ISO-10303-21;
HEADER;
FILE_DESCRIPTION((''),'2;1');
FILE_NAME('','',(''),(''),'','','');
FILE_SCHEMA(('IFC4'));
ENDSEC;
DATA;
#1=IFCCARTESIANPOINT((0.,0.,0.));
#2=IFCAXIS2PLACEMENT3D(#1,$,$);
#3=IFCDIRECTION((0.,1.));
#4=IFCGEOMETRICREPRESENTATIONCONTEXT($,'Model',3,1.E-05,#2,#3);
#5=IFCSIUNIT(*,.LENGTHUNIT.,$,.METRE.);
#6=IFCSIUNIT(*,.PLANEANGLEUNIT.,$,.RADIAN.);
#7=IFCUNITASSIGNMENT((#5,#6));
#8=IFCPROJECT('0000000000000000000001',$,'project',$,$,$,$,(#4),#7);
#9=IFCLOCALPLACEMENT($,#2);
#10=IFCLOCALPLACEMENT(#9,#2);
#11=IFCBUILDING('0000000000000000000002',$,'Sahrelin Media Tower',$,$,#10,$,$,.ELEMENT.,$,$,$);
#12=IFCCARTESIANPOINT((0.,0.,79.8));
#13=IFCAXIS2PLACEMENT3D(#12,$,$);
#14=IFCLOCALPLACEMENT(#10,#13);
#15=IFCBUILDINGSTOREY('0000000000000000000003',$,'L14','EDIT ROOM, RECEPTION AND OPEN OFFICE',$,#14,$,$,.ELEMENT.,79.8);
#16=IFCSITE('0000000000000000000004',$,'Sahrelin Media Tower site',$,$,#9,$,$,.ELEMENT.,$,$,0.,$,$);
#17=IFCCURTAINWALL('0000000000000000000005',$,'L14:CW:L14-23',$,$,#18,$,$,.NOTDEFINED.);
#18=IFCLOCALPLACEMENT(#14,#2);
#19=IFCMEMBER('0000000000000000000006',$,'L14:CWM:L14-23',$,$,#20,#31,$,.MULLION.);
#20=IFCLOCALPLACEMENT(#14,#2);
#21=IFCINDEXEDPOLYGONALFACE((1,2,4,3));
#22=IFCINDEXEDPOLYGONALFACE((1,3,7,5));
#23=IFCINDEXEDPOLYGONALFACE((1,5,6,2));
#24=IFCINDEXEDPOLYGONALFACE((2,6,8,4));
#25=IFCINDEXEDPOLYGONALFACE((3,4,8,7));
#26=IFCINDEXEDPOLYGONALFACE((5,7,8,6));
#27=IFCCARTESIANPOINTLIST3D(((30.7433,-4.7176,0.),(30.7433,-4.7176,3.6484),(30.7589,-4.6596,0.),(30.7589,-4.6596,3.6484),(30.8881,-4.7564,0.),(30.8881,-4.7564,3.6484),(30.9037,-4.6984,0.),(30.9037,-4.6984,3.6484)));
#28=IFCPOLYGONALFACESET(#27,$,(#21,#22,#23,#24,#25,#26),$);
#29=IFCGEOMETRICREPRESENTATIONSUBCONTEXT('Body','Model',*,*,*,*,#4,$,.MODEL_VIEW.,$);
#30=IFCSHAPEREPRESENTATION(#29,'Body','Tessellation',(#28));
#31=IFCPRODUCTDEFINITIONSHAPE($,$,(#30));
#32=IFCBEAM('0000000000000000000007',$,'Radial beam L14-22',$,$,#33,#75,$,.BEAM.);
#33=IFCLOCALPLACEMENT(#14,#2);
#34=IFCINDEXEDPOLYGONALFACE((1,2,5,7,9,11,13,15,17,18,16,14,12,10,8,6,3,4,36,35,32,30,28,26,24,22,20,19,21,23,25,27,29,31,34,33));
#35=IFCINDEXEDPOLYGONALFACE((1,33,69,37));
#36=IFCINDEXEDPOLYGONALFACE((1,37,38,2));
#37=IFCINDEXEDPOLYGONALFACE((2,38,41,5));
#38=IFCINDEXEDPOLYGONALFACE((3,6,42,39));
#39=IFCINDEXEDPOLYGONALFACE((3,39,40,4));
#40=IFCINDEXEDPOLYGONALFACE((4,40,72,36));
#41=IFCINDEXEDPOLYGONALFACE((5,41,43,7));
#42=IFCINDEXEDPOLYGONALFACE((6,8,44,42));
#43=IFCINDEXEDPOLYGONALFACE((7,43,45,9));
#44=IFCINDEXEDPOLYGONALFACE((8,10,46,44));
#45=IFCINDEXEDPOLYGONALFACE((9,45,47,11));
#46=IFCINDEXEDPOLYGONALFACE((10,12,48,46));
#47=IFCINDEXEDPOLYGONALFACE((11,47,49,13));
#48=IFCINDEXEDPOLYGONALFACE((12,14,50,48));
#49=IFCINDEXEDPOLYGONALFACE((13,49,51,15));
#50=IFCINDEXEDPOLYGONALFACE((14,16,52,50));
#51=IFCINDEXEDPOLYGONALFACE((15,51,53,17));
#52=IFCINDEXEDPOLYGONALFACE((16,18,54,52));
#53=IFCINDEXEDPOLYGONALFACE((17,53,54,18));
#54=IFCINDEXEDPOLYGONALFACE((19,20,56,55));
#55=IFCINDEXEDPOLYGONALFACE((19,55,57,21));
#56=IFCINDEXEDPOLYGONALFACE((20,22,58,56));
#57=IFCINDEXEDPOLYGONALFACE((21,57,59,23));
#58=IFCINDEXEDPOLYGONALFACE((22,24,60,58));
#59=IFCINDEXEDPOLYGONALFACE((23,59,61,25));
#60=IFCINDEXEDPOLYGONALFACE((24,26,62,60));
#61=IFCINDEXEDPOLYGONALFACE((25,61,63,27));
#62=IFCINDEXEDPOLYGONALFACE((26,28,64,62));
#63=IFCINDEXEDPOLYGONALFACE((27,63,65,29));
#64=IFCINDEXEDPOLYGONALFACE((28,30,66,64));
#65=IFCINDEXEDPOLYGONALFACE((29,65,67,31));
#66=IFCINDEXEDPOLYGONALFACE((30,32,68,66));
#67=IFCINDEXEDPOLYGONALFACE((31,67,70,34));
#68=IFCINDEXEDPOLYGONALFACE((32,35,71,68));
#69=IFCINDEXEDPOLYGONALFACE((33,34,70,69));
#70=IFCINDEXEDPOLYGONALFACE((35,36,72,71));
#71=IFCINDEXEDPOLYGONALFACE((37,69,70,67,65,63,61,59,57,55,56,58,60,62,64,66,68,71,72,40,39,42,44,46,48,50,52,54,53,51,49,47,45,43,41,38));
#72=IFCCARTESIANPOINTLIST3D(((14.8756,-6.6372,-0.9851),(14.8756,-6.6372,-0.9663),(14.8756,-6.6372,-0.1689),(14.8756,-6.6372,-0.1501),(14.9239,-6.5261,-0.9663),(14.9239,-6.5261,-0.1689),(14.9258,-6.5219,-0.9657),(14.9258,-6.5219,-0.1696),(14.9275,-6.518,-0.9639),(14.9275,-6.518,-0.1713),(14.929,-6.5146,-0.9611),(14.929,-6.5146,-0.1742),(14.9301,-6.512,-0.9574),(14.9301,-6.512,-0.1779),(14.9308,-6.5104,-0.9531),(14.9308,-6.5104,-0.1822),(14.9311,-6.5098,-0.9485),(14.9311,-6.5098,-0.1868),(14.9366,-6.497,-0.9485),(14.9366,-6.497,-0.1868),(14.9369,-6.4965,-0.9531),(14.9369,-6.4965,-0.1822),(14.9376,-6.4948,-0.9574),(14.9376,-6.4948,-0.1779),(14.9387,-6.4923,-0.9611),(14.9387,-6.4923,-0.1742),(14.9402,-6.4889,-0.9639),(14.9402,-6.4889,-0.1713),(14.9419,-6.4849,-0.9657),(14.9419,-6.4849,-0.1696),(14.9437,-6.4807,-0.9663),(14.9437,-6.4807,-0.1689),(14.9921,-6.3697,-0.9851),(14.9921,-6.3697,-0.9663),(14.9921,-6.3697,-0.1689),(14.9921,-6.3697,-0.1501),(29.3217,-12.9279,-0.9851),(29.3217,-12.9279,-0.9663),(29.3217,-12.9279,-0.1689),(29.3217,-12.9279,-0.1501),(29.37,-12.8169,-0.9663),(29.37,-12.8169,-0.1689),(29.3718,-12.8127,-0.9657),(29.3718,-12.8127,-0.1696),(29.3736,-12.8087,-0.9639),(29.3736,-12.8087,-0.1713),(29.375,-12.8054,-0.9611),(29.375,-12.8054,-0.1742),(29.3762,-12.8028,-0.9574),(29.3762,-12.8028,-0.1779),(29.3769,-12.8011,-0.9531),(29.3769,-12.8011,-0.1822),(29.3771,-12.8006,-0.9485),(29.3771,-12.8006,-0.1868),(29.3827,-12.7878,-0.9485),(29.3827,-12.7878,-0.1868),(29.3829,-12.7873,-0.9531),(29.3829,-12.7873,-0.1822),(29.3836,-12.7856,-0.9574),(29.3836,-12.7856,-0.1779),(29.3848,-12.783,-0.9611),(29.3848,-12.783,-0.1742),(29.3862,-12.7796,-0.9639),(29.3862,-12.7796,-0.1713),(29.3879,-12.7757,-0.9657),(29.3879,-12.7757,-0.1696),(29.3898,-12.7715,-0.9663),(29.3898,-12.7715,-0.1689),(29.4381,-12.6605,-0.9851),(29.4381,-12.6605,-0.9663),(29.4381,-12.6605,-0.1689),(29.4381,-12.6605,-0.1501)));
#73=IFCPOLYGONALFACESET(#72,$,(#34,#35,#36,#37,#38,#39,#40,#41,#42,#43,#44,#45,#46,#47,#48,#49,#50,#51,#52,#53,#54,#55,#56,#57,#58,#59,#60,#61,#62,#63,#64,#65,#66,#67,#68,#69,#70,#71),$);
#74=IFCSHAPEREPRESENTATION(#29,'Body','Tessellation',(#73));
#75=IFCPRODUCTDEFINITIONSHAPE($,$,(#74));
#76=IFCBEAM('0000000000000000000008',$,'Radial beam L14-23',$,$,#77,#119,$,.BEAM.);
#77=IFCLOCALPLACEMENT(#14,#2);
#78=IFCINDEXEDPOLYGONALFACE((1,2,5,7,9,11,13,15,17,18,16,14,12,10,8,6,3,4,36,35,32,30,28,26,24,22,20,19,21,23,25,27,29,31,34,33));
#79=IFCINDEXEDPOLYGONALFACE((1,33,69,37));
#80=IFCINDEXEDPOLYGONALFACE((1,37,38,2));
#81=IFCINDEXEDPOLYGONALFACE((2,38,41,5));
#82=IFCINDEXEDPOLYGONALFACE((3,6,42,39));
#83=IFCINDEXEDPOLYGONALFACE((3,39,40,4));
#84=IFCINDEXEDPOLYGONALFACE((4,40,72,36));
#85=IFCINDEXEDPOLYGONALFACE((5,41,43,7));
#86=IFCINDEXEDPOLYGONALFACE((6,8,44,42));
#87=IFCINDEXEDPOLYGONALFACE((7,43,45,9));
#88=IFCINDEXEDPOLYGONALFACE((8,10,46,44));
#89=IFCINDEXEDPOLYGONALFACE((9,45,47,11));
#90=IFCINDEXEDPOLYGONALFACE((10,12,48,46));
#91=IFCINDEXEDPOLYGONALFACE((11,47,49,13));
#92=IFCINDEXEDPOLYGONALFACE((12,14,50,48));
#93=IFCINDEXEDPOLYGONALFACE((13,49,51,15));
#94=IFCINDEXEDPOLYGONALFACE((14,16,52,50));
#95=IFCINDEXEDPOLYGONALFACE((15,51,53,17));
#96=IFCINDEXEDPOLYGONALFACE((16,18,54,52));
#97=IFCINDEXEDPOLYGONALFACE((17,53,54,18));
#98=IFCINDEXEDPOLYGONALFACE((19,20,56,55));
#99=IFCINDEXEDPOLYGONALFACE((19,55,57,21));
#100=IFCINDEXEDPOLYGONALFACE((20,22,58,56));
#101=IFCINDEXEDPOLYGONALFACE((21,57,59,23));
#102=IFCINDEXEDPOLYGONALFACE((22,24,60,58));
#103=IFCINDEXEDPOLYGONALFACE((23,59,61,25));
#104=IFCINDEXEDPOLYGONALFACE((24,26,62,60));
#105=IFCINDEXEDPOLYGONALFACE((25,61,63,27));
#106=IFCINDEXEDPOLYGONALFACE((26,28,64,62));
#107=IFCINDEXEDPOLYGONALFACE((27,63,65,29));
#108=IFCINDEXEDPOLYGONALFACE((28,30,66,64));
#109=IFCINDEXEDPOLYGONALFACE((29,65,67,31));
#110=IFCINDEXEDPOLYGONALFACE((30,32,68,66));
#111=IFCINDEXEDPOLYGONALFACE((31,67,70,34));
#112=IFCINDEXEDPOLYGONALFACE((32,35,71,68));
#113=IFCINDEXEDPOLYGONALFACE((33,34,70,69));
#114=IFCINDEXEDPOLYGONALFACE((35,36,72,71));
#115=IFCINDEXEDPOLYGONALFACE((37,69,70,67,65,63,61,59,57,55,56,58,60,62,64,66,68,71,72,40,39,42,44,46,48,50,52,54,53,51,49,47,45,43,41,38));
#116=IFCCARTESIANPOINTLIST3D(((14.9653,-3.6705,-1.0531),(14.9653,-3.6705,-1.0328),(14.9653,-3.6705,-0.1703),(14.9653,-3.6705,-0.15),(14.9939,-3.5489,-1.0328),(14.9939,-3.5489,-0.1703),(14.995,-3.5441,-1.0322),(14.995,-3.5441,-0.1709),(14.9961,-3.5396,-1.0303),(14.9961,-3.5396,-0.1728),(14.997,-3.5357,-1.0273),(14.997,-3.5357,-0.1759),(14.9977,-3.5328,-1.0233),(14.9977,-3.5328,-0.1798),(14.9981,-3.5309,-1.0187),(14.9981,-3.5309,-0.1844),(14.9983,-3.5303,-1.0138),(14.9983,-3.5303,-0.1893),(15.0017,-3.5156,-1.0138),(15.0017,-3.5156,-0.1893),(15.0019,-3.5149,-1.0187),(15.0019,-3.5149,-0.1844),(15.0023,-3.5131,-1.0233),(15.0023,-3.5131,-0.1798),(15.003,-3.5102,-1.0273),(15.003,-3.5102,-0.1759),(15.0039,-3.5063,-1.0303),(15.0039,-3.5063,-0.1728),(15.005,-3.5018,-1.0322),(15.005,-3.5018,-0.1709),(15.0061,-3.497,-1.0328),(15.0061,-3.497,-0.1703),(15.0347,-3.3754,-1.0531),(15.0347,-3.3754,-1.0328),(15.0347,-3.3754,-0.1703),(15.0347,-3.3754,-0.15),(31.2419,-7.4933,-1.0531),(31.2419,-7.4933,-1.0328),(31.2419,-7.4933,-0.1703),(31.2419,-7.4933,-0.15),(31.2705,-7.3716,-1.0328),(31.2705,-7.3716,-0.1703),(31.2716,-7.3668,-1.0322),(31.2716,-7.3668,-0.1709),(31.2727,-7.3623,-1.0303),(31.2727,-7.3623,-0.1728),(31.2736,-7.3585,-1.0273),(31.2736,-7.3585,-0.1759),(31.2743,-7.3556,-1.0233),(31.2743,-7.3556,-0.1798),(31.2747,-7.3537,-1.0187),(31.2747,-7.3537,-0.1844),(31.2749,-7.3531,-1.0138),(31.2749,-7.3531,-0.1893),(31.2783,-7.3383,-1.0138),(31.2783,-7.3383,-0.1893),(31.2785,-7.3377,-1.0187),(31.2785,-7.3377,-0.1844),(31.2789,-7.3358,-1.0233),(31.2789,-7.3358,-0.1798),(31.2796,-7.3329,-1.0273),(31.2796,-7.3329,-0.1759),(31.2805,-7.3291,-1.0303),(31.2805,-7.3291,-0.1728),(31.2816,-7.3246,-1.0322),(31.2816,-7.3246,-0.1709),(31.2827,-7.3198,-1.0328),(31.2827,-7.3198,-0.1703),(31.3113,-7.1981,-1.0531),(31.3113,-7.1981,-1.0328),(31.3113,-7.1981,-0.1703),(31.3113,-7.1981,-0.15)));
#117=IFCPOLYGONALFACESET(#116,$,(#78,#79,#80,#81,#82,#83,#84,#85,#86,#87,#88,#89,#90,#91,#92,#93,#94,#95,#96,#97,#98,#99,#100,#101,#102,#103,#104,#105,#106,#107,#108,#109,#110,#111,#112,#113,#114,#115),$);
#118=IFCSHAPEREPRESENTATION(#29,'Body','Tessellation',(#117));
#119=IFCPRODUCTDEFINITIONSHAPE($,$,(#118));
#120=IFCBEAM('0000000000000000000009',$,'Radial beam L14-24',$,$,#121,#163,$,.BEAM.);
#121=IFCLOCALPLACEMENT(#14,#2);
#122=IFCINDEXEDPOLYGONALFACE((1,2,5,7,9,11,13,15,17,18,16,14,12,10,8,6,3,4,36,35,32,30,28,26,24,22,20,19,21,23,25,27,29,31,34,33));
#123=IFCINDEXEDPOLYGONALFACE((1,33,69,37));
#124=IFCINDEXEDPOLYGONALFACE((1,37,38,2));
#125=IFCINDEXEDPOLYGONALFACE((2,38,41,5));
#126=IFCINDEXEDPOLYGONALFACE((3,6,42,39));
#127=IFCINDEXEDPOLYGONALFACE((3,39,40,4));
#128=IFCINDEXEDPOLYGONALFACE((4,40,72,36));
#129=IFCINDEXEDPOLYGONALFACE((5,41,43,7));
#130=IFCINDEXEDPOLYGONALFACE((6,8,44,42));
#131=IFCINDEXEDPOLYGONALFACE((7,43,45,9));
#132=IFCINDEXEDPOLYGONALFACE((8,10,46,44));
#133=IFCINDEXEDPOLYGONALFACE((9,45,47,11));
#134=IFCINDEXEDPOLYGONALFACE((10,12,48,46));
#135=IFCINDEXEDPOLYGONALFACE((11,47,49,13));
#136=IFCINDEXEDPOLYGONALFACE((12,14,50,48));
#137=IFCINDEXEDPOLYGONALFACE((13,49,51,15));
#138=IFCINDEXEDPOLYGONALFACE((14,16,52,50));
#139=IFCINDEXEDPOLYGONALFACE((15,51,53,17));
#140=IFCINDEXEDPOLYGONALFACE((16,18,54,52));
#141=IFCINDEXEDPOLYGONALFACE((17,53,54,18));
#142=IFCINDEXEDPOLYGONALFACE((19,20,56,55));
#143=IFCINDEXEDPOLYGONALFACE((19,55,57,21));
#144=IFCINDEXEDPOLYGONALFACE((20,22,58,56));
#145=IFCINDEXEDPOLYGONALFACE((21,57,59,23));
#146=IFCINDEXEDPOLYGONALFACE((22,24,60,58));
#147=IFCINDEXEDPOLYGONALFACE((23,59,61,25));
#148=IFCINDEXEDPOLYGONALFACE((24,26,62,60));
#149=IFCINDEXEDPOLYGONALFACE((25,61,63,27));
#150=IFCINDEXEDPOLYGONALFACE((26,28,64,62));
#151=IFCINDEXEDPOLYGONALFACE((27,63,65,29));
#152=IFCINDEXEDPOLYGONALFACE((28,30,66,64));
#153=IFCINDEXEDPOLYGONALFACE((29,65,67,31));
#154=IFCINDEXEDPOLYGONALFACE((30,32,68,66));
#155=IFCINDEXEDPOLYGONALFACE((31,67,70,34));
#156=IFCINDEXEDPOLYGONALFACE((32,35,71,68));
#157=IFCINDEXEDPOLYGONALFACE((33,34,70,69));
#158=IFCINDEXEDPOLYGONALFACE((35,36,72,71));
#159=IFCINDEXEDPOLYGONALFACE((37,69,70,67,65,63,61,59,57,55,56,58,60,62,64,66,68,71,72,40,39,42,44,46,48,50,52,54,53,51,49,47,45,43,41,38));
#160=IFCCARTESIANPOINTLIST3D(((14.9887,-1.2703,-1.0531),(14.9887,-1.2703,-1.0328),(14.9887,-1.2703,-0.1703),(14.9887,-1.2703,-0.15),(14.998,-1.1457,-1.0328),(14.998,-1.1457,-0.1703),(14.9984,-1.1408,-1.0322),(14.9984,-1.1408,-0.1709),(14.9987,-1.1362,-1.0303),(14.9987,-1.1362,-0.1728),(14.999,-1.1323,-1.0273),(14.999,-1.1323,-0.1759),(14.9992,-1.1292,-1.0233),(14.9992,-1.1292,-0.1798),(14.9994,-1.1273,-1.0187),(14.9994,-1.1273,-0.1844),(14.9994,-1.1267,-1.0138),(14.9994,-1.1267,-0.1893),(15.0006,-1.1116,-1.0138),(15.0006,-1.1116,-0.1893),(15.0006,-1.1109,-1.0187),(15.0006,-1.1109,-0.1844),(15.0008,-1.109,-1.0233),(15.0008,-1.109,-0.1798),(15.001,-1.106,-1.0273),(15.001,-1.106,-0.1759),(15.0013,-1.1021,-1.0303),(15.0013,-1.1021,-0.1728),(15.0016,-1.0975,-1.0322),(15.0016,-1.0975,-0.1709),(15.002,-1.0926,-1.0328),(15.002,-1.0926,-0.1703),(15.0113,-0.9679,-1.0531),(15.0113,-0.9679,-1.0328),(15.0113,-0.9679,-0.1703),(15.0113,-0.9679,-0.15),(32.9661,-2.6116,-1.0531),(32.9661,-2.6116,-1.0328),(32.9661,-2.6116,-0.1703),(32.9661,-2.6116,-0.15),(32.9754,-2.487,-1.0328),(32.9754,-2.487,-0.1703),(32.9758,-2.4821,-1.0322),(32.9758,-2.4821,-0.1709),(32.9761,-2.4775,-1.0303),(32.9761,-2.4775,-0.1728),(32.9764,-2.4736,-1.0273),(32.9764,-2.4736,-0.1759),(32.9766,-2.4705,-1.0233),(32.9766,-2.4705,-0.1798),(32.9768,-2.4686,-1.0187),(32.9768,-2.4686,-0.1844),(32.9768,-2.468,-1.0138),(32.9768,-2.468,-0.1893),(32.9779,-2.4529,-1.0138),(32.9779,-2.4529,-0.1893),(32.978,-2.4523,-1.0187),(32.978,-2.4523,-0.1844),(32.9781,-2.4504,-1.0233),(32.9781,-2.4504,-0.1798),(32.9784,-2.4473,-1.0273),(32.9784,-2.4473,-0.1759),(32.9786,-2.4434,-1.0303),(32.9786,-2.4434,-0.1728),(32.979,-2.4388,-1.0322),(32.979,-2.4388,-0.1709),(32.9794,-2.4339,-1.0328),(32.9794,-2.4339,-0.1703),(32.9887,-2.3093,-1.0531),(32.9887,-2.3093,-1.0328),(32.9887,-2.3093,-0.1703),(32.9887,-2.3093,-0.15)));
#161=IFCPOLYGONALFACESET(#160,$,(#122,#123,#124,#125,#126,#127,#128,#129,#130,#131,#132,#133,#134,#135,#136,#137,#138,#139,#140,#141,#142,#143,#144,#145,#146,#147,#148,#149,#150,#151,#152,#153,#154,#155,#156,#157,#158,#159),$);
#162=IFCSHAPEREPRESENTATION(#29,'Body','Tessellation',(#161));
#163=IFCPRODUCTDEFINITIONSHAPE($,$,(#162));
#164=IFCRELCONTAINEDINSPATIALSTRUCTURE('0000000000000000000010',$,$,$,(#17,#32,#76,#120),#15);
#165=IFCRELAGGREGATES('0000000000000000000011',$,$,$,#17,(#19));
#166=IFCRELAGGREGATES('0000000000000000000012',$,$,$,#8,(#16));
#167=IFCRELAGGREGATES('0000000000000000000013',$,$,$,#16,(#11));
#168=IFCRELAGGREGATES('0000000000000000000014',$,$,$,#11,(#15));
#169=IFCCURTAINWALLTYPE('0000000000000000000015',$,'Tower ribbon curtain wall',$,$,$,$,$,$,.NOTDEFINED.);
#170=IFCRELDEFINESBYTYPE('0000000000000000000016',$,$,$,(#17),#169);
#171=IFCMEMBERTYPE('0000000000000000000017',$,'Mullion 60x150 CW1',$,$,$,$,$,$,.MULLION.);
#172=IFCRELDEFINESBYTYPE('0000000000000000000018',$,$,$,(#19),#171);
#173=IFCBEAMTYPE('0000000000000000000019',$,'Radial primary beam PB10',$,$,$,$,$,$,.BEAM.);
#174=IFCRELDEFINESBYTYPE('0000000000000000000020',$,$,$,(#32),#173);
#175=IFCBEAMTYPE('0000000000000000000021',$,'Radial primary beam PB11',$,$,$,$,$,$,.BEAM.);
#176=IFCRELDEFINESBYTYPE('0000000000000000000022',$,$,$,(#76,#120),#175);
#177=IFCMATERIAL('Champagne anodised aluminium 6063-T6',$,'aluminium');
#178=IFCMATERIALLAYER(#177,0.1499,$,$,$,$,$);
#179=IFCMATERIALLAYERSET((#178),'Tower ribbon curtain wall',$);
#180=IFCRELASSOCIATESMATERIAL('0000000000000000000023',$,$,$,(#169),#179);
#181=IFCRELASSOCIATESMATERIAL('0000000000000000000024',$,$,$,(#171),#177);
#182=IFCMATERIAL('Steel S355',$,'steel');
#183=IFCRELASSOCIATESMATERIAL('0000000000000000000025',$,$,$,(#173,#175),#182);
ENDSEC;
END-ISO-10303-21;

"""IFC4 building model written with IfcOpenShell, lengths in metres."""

from ifc_helpers import new_model, si_unit, direction, frame, origin, origin_2d, place, context, subcontext, project, spatial, rectangle, i_section, extrude, material, layer, layer_set, material_profile, profile_set, type_object, element, aggregate, save


model = new_model("IFC4")

# Units and contexts
model_context = context("Model", 3, precision=1e-05, world=origin(), true_north=direction((0.0, 1.0)))
body_context = subcontext(model_context, "Body", "Model", "MODEL_VIEW")
ifc_project = project(units=[si_unit("LENGTHUNIT", "METRE"), si_unit("PLANEANGLEUNIT", "RADIAN")], contexts=[model_context])

# Site, building, storey
site_placement = place(None, origin())
site = spatial("IfcSite", under=ifc_project, at=site_placement, Name="Sahrelin Media Tower site", CompositionType="ELEMENT", RefElevation=0.0)
building_placement = place(site_placement, origin())
building = spatial("IfcBuilding", under=site, at=building_placement, Name="Sahrelin Media Tower", CompositionType="ELEMENT")
storey_placement = place(building_placement, frame((0.0, 0.0, 79.8)))
storey = spatial("IfcBuildingStorey", under=building, at=storey_placement, Name="L14", Description="EDIT ROOM, RECEPTION AND OPEN OFFICE", CompositionType="ELEMENT", Elevation=79.8)

# Shared definitions
ifc_material_1 = material(Name="Steel S355", Category="steel")

# Curtain wall, member
ifc_material_2 = material(Name="Champagne anodised aluminium 6063-T6", Category="aluminium")
ifc_layer_1 = layer(ifc_material_2, 0.1499)
ifc_layer_set_1 = layer_set([ifc_layer_1], Name="Tower ribbon curtain wall")
curtain_wall_type = type_object("IfcCurtainWallType", Name="Tower ribbon curtain wall", PredefinedType="NOTDEFINED", material=ifc_layer_set_1)
ifc_material_profile_1 = material_profile(ifc_material_2, rectangle(XDim=0.0601, YDim=0.1499, at=origin_2d()), Name="Mullion 60x150")
ifc_profile_set_1 = profile_set([ifc_material_profile_1], Name="Champagne anodised aluminium 6063-T6")
member_type_1 = type_object("IfcMemberType", Name="Mullion 60x150 CW1", PredefinedType="MULLION", material=ifc_profile_set_1)
curtain_wall_1_placement = place(storey_placement, frame((30.9153, -4.7327, 0.0), z_axis=(0.0, 0.0, 1.0), x_axis=(1.0, 0.0, 0.0)))
curtain_wall_1 = element("IfcCurtainWall", 1, at=curtain_wall_1_placement, inside=storey, type_object=curtain_wall_type, Name="L14:CW:L14-23", PredefinedType="NOTDEFINED")
member_1_placement = place(storey_placement, frame((30.8235, -4.708, 0.0), z_axis=(0.0, 0.0, 1.0), x_axis=(0.258822, 0.965925, 0.0)))
member_1 = element("IfcMember", 2, at=member_1_placement, type_object=member_type_1, Name="L14:CWM:L14-23", PredefinedType="MULLION", context=body_context, shape_type="SweptSolid", body=[
    extrude(rectangle(XDim=0.0601, YDim=0.1499, at=origin_2d()), origin(), (0.0, 0.0, 1.0), 3.6484),
])

# Beams
ifc_material_profile_2 = material_profile(ifc_material_1, i_section(OverallWidth=0.2917, OverallDepth=0.835, WebThickness=0.0139, FlangeThickness=0.0188, FilletRadius=0.0178, at=origin_2d()), Name="UB 838x292x176")
ifc_profile_set_2 = profile_set([ifc_material_profile_2], Name="Steel S355")
beam_type_1 = type_object("IfcBeamType", Name="Radial primary beam PB10", PredefinedType="BEAM", material=ifc_profile_set_2)
beam_1_placement = place(storey_placement, frame((14.9338, -6.5034, -0.5676), z_axis=(0.916841, -0.399254, 0.0), x_axis=(0.399254, 0.916841, 0.0)))
element("IfcBeam", 3, at=beam_1_placement, inside=storey, type_object=beam_type_1, Name="Radial beam L14-22", PredefinedType="BEAM", context=body_context, shape_type="SweptSolid", body=[
    extrude(i_section(OverallWidth=0.2917, OverallDepth=0.835, WebThickness=0.0139, FlangeThickness=0.0188, FilletRadius=0.0178, at=origin_2d()), origin(), (0.0, 0.0, 1.0), 15.7563),
])
ifc_material_profile_3 = material_profile(ifc_material_1, i_section(OverallWidth=0.3032, OverallDepth=0.9031, WebThickness=0.0151, FlangeThickness=0.0203, FilletRadius=0.019, at=origin_2d()), Name="UB 914x305x201")
ifc_profile_set_3 = profile_set([ifc_material_profile_3], Name="Steel S355")
beam_type_2 = type_object("IfcBeamType", Name="Radial primary beam PB11", PredefinedType="BEAM", material=ifc_profile_set_3)
beam_2_placement = place(storey_placement, frame((15.0, -3.5229, -0.6016), z_axis=(0.973511, -0.228641, 0.0), x_axis=(0.228641, 0.973511, 0.0)))
element("IfcBeam", 4, at=beam_2_placement, inside=storey, type_object=beam_type_2, Name="Radial beam L14-23", PredefinedType="BEAM", context=body_context, shape_type="SweptSolid", body=[
    extrude(i_section(OverallWidth=0.3032, OverallDepth=0.9031, WebThickness=0.0151, FlangeThickness=0.0203, FilletRadius=0.019, at=origin_2d()), origin(), (0.0, 0.0, 1.0), 16.7195),
])
beam_3_placement = place(storey_placement, frame((15.0, -1.1191, -0.6016), z_axis=(0.997228, -0.074404, 0.0), x_axis=(0.074404, 0.997228, 0.0)))
element("IfcBeam", 5, at=beam_3_placement, inside=storey, type_object=beam_type_2, Name="Radial beam L14-24", PredefinedType="BEAM", context=body_context, shape_type="SweptSolid", body=[
    extrude(i_section(OverallWidth=0.3032, OverallDepth=0.9031, WebThickness=0.0151, FlangeThickness=0.0203, FilletRadius=0.019, at=origin_2d()), origin(), (0.0, 0.0, 1.0), 18.0273),
])

aggregate(curtain_wall_1, [member_1])

save(model, "model.ifc")
